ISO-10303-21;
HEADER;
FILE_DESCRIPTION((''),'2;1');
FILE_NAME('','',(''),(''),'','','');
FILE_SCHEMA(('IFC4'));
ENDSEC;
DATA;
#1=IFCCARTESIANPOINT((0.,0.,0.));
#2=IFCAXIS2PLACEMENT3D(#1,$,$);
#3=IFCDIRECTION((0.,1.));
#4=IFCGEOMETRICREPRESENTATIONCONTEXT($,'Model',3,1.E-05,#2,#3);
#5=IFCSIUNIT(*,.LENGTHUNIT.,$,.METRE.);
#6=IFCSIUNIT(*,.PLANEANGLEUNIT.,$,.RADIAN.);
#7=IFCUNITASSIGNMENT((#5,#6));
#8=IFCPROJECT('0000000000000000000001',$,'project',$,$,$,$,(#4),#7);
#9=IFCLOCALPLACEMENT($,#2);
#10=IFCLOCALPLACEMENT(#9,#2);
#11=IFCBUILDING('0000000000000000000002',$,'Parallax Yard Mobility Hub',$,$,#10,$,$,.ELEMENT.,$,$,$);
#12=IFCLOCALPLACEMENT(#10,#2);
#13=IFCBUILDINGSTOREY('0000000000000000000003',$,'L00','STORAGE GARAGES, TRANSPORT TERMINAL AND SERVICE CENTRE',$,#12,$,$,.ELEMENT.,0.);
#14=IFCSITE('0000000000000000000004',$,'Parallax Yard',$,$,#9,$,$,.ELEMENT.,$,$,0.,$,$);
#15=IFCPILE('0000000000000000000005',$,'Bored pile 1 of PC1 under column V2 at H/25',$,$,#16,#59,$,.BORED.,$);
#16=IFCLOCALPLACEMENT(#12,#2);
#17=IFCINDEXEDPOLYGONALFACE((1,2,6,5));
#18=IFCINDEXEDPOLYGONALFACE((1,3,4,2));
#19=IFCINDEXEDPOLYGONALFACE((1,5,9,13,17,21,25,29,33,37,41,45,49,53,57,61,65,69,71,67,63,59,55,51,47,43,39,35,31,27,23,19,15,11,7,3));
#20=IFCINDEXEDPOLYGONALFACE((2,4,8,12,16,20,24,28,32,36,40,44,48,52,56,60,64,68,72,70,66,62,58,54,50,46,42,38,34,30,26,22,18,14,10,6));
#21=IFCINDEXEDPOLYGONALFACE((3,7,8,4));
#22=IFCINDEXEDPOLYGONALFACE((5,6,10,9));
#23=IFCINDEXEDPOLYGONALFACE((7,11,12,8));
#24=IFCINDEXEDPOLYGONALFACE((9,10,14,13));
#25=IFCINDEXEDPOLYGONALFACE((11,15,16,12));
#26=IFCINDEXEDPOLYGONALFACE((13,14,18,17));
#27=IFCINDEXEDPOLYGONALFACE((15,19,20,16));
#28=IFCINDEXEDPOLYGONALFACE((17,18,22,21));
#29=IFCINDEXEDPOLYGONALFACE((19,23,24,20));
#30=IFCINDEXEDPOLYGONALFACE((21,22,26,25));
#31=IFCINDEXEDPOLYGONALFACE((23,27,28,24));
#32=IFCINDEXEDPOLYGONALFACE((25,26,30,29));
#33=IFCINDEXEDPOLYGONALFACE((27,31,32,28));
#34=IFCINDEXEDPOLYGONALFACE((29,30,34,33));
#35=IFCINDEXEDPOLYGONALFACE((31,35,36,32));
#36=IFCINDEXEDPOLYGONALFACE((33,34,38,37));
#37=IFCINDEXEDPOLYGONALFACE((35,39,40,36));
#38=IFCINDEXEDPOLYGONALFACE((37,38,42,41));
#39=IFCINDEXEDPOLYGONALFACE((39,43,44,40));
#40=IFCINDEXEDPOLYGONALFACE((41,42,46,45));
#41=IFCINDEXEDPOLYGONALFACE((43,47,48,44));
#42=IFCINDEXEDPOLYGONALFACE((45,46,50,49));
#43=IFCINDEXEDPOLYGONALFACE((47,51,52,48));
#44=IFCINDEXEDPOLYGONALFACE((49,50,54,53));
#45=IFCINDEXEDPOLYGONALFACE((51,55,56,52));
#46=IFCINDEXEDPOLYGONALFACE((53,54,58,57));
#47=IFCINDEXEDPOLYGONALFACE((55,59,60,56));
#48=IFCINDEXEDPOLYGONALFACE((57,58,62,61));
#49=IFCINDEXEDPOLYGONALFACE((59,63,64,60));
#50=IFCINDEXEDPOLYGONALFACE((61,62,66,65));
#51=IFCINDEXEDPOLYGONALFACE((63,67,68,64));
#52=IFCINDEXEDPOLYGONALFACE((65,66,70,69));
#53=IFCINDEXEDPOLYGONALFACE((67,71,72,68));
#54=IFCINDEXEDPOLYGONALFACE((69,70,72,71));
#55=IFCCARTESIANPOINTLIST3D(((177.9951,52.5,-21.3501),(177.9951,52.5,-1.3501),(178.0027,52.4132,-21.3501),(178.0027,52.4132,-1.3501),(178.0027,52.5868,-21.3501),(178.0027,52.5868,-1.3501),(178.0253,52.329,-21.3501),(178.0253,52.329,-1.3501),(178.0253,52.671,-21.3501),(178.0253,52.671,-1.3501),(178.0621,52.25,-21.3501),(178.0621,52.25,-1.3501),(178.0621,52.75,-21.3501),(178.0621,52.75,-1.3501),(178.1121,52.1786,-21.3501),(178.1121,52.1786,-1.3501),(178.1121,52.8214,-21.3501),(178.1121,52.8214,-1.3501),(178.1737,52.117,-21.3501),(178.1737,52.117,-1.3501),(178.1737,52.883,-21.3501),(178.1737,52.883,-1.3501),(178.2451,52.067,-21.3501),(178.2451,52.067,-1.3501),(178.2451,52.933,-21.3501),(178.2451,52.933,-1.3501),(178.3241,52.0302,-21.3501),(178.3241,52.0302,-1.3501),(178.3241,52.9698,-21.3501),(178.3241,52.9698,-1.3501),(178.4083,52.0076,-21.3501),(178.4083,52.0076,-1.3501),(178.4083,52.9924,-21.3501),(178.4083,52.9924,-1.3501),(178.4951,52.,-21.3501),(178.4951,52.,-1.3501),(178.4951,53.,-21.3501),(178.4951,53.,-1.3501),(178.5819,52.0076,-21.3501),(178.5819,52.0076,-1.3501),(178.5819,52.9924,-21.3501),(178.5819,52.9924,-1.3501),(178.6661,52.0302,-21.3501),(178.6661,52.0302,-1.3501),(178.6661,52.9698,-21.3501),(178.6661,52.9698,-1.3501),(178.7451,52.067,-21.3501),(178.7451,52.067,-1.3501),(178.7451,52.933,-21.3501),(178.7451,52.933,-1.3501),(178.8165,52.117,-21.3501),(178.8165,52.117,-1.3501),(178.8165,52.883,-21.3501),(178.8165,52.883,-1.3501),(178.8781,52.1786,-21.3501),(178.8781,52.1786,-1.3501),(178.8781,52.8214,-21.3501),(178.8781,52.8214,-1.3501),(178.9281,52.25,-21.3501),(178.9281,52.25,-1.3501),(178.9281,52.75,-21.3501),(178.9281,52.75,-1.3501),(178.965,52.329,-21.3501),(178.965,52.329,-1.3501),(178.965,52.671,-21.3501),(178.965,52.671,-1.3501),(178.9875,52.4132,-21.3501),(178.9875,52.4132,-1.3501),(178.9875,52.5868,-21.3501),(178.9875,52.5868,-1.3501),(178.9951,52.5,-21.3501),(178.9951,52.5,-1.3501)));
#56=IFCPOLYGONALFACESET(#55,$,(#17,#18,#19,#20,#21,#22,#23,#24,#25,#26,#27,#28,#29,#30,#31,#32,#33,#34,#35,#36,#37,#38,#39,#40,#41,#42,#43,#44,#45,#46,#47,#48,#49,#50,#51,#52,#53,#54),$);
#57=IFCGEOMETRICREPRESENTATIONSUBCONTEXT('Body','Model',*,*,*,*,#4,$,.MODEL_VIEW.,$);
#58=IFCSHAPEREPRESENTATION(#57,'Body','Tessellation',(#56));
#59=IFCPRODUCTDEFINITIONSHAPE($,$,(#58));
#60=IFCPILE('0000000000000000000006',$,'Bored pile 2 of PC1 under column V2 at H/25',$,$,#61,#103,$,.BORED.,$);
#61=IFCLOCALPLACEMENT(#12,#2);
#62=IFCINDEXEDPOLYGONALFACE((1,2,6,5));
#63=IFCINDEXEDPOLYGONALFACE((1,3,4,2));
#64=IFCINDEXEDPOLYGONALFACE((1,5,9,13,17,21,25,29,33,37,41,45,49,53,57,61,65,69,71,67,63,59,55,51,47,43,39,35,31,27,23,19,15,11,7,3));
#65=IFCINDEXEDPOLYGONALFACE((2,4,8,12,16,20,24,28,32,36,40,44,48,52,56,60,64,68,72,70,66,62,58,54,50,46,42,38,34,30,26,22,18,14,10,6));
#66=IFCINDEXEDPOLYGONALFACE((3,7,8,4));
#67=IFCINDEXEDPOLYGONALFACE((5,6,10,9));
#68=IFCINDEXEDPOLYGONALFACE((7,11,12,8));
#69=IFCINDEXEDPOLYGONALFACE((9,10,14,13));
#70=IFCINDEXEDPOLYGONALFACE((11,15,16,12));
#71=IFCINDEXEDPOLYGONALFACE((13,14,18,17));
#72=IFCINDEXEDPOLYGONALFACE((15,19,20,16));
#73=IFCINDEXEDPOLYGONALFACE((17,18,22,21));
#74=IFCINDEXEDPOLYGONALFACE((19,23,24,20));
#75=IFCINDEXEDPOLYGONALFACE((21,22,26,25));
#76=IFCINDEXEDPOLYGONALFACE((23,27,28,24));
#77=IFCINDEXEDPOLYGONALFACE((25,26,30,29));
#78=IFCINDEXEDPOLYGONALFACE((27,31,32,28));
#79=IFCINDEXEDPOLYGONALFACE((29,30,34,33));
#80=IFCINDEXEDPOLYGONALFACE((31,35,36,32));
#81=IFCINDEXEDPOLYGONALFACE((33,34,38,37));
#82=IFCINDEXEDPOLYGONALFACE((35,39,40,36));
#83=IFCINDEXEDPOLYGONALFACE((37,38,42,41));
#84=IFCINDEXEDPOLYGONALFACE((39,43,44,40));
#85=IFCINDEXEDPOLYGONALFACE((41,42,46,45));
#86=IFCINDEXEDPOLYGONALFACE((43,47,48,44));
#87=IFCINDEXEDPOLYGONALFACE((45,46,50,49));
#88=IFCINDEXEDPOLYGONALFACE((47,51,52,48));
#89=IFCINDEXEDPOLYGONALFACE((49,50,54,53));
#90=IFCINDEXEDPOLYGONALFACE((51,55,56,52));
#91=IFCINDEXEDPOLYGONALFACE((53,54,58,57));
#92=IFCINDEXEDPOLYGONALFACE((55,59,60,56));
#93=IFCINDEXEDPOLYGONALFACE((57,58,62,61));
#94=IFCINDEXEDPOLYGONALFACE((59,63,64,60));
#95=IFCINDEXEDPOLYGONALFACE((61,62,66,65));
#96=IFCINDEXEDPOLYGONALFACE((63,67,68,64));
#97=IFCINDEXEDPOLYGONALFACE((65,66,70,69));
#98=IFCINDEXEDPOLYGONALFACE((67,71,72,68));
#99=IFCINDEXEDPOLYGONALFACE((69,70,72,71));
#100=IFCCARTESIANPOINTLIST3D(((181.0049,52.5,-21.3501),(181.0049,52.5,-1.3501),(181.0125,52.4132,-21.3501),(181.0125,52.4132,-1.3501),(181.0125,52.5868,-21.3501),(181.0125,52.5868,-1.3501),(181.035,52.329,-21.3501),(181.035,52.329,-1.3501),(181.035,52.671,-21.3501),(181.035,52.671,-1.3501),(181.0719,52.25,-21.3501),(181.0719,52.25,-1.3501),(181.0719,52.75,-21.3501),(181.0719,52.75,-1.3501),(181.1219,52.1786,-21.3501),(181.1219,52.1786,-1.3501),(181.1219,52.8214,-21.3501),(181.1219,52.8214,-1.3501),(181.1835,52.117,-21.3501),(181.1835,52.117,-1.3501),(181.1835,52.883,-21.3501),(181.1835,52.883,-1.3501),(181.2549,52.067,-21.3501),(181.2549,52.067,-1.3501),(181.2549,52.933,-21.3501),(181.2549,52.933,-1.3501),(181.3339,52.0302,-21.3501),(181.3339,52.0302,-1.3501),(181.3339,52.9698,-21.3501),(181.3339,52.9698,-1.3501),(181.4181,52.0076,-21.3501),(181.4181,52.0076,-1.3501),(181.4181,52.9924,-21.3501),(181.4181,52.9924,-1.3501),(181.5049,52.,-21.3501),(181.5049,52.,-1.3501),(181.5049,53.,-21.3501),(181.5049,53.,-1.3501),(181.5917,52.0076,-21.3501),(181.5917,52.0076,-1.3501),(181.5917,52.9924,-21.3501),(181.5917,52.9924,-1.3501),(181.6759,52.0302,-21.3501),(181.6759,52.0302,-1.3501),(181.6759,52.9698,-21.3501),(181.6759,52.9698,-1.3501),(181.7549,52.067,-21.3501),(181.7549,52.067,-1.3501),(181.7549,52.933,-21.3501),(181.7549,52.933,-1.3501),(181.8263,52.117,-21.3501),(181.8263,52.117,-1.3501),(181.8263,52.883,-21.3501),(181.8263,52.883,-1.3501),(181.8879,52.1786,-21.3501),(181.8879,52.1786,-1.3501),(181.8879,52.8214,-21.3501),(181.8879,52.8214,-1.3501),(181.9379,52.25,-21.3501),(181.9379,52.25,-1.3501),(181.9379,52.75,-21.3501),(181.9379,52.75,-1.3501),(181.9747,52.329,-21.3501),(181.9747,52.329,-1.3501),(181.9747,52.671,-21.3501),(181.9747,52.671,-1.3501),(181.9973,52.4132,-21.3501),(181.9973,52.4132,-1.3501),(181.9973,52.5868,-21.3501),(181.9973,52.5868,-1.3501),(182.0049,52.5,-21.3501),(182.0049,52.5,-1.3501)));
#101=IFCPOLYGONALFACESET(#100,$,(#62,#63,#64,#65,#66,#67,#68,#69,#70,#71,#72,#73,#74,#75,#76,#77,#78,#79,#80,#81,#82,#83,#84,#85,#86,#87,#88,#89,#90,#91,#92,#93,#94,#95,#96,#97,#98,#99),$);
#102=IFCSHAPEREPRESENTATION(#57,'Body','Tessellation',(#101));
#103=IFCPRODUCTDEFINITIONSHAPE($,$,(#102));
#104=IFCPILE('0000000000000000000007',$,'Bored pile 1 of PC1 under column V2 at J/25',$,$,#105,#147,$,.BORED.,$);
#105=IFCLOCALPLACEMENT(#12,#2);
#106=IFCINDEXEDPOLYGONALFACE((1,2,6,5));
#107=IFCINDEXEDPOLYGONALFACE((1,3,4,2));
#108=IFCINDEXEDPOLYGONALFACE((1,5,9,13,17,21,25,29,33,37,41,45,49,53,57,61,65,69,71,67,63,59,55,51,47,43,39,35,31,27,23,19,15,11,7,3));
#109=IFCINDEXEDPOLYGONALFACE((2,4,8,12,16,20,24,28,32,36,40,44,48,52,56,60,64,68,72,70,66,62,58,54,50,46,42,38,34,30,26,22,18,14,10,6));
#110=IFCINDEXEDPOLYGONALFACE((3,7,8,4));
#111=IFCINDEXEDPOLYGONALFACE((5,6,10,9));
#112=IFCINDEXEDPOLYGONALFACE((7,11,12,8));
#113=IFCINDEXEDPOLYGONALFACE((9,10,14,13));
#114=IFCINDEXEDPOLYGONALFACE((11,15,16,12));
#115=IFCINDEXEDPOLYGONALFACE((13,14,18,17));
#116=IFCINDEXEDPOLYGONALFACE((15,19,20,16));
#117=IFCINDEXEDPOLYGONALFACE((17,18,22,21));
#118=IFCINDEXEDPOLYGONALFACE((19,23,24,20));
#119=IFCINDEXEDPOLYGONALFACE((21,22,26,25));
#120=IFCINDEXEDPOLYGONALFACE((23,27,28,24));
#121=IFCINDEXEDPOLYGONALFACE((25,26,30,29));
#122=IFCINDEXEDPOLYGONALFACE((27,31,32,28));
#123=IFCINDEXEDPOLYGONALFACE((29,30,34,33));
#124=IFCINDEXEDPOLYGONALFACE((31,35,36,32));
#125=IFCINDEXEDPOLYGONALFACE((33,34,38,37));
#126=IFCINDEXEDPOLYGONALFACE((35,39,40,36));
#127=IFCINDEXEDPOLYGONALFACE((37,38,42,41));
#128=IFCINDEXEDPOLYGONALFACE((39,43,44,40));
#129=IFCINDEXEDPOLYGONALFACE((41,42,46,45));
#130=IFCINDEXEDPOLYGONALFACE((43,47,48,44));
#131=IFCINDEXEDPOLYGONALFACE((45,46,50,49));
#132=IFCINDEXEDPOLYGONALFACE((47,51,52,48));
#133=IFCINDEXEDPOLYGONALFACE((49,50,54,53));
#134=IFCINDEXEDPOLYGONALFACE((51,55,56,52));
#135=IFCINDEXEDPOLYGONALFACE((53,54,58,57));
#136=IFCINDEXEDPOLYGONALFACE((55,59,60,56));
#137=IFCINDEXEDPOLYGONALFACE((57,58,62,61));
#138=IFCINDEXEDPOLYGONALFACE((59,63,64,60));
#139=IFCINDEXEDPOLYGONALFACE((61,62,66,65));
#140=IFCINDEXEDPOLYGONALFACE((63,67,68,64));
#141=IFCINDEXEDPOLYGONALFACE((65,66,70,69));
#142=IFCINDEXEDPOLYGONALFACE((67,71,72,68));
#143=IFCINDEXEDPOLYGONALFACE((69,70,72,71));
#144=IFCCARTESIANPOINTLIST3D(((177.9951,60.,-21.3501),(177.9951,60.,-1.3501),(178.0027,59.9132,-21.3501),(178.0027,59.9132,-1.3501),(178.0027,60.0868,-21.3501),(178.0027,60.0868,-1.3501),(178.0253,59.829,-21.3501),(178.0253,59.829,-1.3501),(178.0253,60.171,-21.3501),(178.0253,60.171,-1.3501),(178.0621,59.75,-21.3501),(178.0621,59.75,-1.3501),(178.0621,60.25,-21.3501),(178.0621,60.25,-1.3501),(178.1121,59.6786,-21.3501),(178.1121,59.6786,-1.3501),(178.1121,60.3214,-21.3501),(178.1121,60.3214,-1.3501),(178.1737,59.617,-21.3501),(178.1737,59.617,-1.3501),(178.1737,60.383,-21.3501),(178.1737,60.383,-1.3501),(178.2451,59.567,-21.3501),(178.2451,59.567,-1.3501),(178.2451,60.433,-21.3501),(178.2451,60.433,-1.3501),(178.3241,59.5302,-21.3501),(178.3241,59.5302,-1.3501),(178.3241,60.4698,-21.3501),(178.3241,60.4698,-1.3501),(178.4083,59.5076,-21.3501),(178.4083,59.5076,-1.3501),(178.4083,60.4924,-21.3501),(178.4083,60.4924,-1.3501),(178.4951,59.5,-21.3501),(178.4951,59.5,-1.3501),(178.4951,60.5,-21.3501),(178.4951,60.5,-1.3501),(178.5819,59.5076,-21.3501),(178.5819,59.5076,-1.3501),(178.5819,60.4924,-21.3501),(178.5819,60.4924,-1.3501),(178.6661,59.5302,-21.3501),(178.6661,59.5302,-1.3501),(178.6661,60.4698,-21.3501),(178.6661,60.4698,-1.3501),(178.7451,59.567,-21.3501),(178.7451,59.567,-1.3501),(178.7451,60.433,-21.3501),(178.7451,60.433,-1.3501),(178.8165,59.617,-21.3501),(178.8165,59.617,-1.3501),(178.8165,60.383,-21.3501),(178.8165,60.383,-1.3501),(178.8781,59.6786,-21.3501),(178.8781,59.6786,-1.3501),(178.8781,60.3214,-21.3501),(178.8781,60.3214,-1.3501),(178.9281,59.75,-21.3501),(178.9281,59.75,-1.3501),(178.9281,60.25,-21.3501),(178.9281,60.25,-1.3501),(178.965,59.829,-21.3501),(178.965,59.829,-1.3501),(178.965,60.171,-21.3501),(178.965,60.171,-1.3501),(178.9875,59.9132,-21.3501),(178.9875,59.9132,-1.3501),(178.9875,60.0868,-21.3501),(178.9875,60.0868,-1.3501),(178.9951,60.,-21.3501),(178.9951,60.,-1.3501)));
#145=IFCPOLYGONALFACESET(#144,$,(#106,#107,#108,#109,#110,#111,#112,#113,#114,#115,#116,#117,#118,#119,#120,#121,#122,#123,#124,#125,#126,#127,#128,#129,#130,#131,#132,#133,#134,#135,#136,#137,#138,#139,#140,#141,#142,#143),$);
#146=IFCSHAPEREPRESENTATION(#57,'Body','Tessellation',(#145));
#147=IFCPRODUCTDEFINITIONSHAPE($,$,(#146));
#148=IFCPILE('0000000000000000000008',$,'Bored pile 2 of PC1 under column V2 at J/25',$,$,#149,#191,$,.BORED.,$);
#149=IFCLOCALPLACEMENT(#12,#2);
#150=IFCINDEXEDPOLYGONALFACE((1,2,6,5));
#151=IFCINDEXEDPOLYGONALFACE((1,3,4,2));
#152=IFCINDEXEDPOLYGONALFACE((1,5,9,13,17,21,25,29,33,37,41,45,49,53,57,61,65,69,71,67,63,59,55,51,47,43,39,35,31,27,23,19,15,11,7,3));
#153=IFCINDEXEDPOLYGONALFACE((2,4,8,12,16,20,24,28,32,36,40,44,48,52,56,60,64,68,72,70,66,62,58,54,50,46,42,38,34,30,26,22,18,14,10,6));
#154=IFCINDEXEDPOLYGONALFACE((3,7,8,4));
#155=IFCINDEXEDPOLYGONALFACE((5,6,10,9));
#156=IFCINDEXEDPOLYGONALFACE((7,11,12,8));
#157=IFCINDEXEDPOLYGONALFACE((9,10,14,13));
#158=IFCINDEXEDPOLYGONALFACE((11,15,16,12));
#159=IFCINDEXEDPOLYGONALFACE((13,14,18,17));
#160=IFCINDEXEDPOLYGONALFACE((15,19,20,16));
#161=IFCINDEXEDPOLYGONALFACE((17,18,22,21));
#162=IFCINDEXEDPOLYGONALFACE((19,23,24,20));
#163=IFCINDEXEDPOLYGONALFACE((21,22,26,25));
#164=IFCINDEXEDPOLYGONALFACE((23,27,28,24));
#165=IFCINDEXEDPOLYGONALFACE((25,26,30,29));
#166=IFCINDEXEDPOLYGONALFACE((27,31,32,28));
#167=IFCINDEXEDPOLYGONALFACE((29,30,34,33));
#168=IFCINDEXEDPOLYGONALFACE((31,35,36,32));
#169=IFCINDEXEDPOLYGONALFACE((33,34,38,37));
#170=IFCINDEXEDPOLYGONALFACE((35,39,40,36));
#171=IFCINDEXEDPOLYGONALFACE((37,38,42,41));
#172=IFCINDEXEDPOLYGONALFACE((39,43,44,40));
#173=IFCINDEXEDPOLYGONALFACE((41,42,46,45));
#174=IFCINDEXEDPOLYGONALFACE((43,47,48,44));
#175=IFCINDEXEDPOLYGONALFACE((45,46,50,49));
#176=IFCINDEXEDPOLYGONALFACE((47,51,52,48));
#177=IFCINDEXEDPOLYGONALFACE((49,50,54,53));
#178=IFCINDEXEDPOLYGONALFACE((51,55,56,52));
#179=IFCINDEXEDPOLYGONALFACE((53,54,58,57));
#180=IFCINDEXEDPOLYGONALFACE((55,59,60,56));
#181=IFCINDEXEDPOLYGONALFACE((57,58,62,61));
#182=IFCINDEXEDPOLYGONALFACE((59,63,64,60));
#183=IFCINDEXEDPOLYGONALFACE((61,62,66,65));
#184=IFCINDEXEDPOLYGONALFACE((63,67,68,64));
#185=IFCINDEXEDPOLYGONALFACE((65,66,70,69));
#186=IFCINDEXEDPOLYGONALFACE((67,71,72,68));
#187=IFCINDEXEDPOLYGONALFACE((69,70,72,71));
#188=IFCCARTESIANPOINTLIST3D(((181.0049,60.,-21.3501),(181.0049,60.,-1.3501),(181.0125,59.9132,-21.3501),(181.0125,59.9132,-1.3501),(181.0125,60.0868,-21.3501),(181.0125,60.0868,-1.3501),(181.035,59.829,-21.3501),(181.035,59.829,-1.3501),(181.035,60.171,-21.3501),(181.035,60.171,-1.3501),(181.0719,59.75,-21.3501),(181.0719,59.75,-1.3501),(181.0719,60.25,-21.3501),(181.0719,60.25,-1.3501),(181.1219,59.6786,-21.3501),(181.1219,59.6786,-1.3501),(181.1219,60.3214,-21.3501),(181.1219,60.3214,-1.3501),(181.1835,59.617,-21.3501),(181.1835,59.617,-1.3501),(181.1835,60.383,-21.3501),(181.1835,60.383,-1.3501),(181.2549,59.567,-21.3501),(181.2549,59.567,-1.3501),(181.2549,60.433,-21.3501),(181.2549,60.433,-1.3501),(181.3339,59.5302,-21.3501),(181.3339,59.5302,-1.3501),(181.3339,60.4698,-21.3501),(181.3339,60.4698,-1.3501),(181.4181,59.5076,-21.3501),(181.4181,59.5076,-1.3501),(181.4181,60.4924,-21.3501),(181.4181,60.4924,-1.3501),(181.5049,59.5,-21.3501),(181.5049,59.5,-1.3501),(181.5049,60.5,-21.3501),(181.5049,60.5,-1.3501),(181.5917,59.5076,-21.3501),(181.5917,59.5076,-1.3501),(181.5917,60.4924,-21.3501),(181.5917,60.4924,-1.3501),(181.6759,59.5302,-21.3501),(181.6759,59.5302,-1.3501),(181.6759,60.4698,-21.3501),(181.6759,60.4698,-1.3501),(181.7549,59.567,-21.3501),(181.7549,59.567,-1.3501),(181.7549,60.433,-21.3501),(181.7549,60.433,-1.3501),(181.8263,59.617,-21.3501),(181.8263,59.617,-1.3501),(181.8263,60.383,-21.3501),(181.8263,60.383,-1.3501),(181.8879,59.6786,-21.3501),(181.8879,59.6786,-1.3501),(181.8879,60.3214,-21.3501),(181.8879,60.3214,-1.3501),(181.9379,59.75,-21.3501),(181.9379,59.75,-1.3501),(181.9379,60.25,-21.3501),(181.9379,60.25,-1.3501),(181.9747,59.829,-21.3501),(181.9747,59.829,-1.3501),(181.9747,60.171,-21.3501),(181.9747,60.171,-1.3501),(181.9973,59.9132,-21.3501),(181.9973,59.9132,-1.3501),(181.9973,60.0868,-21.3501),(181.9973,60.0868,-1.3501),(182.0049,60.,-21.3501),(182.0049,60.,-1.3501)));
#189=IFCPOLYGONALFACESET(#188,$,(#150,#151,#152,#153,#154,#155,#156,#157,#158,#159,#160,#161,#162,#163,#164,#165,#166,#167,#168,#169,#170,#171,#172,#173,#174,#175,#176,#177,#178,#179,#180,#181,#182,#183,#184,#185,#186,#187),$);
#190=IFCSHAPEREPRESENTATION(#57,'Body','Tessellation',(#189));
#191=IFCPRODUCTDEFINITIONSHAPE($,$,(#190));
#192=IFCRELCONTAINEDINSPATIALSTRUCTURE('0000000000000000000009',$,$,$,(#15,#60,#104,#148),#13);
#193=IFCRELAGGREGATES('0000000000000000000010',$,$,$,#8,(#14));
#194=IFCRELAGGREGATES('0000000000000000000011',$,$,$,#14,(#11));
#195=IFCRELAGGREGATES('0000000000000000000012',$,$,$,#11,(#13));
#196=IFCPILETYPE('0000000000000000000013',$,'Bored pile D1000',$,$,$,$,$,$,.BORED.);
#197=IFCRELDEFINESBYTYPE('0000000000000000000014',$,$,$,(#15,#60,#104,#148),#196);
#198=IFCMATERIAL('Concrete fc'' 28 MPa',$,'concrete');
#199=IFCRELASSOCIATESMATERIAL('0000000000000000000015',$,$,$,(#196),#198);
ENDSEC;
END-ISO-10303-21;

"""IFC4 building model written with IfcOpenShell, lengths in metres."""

from ifc_helpers import new_model, si_unit, direction, frame, origin, origin_2d, place, context, subcontext, project, spatial, circle, extrude, material, material_profile, profile_set, type_object, element, save


model = new_model("IFC4")

# Units and contexts
model_context = context("Model", 3, precision=1e-05, world=origin(), true_north=direction((0.0, 1.0)))
body_context = subcontext(model_context, "Body", "Model", "MODEL_VIEW")
ifc_project = project(units=[si_unit("LENGTHUNIT", "METRE"), si_unit("PLANEANGLEUNIT", "RADIAN")], contexts=[model_context])

# Site, building, storey
site_placement = place(None, origin())
site = spatial("IfcSite", under=ifc_project, at=site_placement, Name="Parallax Yard", CompositionType="ELEMENT", RefElevation=0.0)
building_placement = place(site_placement, origin())
building = spatial("IfcBuilding", under=site, at=building_placement, Name="Parallax Yard Mobility Hub", CompositionType="ELEMENT")
storey_placement = place(building_placement, origin())
storey = spatial("IfcBuildingStorey", under=building, at=storey_placement, Name="L00", Description="STORAGE GARAGES, TRANSPORT TERMINAL AND SERVICE CENTRE", CompositionType="ELEMENT", Elevation=0.0)

# Piles
ifc_material_1 = material(Name="Concrete fc' 28 MPa", Category="concrete")
ifc_material_profile_1 = material_profile(ifc_material_1, circle(Radius=0.5, at=origin_2d()), Name="Bored pile D1000")
ifc_profile_set_1 = profile_set([ifc_material_profile_1], Name="Concrete fc' 28 MPa")
pile_type = type_object("IfcPileType", Name="Bored pile D1000", PredefinedType="BORED", material=ifc_profile_set_1)
for number, where, z_axis, x_axis, name in (
    (1, (178.4951, 52.5, -1.3501), (0.0, 0.0, -1.0), (1.0, 0.0, 0.0), "Bored pile 1 of PC1 under column V2 at H/25"),
    (2, (181.5049, 52.5, -1.3501), (0.0, 0.0, -1.0), (1.0, 0.0, 0.0), "Bored pile 2 of PC1 under column V2 at H/25"),
    (3, (178.4951, 60.0, -1.3501), (0.0, 0.0, -1.0), (1.0, 0.0, 0.0), "Bored pile 1 of PC1 under column V2 at J/25"),
    (4, (181.5049, 60.0, -1.3501), (0.0, 0.0, -1.0), (1.0, 0.0, 0.0), "Bored pile 2 of PC1 under column V2 at J/25"),
):
    element("IfcPile", number, at=place(storey_placement, frame(where, z_axis=z_axis, x_axis=x_axis)), inside=storey, type_object=pile_type, Name=name, PredefinedType="BORED", context=body_context, shape_type="SweptSolid", body=[
        extrude(circle(Radius=0.5, at=origin_2d()), origin(), (0.0, 0.0, 1.0), 20.0),
    ])

save(model, "model.ifc")
